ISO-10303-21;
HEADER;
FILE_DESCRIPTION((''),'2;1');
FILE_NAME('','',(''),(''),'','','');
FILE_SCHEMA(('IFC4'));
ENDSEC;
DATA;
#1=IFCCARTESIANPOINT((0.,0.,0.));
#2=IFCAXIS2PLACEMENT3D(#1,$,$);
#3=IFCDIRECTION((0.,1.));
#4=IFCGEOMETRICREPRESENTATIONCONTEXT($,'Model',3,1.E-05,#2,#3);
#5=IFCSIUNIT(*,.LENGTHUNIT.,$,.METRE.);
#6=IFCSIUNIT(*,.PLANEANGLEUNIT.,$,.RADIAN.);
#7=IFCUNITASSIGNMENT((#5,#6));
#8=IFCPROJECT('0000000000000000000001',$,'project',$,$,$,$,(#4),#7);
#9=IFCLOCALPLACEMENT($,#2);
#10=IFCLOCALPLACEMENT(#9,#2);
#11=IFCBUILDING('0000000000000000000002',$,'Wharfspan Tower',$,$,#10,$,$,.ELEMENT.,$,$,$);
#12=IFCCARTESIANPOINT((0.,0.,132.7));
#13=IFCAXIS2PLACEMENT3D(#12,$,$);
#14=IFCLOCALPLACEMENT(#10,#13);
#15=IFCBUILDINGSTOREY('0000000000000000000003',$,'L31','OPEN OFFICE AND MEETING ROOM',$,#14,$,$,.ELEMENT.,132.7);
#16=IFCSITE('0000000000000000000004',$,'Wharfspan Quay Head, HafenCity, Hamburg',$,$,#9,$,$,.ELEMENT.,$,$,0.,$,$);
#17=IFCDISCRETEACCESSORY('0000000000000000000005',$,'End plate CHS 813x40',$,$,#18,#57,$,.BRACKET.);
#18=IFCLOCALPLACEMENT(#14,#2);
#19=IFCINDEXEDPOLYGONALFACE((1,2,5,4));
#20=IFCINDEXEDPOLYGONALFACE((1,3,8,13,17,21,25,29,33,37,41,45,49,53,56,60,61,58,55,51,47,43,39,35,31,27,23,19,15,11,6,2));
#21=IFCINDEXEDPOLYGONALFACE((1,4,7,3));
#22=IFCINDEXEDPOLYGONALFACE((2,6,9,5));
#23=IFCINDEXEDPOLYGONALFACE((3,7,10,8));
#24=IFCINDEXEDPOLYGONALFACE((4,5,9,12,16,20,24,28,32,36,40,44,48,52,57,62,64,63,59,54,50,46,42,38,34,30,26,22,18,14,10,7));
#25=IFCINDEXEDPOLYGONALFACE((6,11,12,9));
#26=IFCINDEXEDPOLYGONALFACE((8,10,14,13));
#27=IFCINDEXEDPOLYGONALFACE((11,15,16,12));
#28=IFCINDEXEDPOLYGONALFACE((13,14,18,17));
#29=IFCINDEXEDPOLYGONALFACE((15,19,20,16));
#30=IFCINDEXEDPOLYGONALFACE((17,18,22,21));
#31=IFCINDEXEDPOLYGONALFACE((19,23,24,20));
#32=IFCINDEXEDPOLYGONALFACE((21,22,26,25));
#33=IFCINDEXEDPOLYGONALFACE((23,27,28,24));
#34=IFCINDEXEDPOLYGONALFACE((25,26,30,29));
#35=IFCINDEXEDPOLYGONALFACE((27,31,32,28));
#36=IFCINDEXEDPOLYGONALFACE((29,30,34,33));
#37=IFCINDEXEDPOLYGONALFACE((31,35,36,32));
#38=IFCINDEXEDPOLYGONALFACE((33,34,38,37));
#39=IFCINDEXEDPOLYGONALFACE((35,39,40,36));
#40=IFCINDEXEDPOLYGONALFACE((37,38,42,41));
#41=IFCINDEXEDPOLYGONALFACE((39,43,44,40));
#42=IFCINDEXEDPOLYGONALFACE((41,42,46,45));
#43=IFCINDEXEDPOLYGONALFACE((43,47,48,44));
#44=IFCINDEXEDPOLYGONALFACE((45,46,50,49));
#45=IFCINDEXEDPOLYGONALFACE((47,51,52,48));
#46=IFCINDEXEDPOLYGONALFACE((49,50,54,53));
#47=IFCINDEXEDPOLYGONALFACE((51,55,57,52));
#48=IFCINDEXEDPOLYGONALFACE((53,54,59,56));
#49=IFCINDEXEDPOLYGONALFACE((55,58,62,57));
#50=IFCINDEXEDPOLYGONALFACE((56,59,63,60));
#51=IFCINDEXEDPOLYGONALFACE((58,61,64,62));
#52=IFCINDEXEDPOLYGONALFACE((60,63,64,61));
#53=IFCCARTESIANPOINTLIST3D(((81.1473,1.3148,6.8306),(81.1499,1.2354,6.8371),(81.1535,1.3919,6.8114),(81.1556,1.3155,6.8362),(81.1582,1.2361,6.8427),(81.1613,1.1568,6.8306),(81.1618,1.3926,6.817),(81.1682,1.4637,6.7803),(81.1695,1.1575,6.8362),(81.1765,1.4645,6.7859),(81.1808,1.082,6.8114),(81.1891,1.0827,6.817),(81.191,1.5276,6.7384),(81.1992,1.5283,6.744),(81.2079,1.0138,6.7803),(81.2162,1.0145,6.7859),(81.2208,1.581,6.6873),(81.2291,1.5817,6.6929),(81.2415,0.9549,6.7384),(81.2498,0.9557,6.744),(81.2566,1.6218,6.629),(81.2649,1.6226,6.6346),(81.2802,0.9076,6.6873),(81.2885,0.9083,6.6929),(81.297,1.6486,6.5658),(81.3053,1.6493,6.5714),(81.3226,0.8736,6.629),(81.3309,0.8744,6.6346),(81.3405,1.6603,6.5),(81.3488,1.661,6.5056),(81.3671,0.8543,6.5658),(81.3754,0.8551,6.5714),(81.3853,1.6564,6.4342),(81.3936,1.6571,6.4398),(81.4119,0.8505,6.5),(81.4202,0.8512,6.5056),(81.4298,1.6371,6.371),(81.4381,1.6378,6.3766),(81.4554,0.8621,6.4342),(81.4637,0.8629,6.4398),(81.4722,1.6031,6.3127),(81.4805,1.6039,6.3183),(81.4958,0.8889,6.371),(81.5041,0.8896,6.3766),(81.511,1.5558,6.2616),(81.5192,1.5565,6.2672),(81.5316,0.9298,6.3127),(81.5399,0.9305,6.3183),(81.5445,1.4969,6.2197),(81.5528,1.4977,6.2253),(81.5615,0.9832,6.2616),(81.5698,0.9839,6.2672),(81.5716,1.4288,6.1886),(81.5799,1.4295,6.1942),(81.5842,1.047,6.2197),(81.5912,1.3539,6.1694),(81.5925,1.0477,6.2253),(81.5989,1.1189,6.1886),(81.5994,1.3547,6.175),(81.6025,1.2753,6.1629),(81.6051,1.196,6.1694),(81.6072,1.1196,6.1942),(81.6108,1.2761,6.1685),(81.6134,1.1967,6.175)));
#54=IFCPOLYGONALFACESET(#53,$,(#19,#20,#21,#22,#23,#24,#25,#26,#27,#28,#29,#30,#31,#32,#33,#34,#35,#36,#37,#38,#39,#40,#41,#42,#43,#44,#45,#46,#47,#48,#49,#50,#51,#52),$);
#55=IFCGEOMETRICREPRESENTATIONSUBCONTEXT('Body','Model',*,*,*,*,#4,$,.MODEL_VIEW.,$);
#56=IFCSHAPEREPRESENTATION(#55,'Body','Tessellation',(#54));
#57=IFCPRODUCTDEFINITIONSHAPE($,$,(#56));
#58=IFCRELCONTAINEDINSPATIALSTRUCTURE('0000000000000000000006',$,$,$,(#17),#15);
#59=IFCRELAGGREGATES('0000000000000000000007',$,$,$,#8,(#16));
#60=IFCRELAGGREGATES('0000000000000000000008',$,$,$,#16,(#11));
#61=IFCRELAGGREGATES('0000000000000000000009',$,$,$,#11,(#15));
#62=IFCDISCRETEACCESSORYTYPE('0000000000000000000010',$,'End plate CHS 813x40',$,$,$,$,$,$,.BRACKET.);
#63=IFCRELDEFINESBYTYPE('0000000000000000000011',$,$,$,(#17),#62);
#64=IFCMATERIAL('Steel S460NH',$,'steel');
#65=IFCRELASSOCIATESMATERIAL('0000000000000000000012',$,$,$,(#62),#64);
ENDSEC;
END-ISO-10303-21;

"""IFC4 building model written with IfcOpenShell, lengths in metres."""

from ifc_helpers import new_model, si_unit, direction, frame, origin, origin_2d, place, context, subcontext, project, spatial, circle, extrude, material, material_profile, profile_set, type_object, element, save


model = new_model("IFC4")

# Units and contexts
model_context = context("Model", 3, precision=1e-05, world=origin(), true_north=direction((0.0, 1.0)))
body_context = subcontext(model_context, "Body", "Model", "MODEL_VIEW")
ifc_project = project(units=[si_unit("LENGTHUNIT", "METRE"), si_unit("PLANEANGLEUNIT", "RADIAN")], contexts=[model_context])

# Site, building, storey
site_placement = place(None, origin())
site = spatial("IfcSite", under=ifc_project, at=site_placement, Name="Wharfspan Quay Head, HafenCity, Hamburg", CompositionType="ELEMENT", RefElevation=0.0)
building_placement = place(site_placement, origin())
building = spatial("IfcBuilding", under=site, at=building_placement, Name="Wharfspan Tower", CompositionType="ELEMENT")
storey_placement = place(building_placement, frame((0.0, 0.0, 132.7)))
storey = spatial("IfcBuildingStorey", under=building, at=storey_placement, Name="L31", Description="OPEN OFFICE AND MEETING ROOM", CompositionType="ELEMENT", Elevation=132.7)

# Discrete accessory
ifc_material_1 = material(Name="Steel S460NH", Category="steel")
ifc_material_profile_1 = material_profile(ifc_material_1, circle(Radius=0.4065, at=origin_2d()))
ifc_profile_set_1 = profile_set([ifc_material_profile_1], Name="Steel S460NH")
discrete_accessory_type = type_object("IfcDiscreteAccessoryType", Name="End plate CHS 813x40", PredefinedType="BRACKET", material=ifc_profile_set_1)
discrete_accessory_placement = place(storey_placement, frame((81.3762, 1.2554, 6.5), z_axis=(0.82608, 0.072889, 0.558819), x_axis=(-0.087894, 0.99613, 0.000001)))
element("IfcDiscreteAccessory", 1, at=discrete_accessory_placement, inside=storey, type_object=discrete_accessory_type, Name="End plate CHS 813x40", PredefinedType="BRACKET", context=body_context, shape_type="SweptSolid", body=[
    extrude(circle(Radius=0.4065, at=origin_2d()), origin(), (0.0, 0.0, 1.0), 0.01),
])

save(model, "model.ifc")
